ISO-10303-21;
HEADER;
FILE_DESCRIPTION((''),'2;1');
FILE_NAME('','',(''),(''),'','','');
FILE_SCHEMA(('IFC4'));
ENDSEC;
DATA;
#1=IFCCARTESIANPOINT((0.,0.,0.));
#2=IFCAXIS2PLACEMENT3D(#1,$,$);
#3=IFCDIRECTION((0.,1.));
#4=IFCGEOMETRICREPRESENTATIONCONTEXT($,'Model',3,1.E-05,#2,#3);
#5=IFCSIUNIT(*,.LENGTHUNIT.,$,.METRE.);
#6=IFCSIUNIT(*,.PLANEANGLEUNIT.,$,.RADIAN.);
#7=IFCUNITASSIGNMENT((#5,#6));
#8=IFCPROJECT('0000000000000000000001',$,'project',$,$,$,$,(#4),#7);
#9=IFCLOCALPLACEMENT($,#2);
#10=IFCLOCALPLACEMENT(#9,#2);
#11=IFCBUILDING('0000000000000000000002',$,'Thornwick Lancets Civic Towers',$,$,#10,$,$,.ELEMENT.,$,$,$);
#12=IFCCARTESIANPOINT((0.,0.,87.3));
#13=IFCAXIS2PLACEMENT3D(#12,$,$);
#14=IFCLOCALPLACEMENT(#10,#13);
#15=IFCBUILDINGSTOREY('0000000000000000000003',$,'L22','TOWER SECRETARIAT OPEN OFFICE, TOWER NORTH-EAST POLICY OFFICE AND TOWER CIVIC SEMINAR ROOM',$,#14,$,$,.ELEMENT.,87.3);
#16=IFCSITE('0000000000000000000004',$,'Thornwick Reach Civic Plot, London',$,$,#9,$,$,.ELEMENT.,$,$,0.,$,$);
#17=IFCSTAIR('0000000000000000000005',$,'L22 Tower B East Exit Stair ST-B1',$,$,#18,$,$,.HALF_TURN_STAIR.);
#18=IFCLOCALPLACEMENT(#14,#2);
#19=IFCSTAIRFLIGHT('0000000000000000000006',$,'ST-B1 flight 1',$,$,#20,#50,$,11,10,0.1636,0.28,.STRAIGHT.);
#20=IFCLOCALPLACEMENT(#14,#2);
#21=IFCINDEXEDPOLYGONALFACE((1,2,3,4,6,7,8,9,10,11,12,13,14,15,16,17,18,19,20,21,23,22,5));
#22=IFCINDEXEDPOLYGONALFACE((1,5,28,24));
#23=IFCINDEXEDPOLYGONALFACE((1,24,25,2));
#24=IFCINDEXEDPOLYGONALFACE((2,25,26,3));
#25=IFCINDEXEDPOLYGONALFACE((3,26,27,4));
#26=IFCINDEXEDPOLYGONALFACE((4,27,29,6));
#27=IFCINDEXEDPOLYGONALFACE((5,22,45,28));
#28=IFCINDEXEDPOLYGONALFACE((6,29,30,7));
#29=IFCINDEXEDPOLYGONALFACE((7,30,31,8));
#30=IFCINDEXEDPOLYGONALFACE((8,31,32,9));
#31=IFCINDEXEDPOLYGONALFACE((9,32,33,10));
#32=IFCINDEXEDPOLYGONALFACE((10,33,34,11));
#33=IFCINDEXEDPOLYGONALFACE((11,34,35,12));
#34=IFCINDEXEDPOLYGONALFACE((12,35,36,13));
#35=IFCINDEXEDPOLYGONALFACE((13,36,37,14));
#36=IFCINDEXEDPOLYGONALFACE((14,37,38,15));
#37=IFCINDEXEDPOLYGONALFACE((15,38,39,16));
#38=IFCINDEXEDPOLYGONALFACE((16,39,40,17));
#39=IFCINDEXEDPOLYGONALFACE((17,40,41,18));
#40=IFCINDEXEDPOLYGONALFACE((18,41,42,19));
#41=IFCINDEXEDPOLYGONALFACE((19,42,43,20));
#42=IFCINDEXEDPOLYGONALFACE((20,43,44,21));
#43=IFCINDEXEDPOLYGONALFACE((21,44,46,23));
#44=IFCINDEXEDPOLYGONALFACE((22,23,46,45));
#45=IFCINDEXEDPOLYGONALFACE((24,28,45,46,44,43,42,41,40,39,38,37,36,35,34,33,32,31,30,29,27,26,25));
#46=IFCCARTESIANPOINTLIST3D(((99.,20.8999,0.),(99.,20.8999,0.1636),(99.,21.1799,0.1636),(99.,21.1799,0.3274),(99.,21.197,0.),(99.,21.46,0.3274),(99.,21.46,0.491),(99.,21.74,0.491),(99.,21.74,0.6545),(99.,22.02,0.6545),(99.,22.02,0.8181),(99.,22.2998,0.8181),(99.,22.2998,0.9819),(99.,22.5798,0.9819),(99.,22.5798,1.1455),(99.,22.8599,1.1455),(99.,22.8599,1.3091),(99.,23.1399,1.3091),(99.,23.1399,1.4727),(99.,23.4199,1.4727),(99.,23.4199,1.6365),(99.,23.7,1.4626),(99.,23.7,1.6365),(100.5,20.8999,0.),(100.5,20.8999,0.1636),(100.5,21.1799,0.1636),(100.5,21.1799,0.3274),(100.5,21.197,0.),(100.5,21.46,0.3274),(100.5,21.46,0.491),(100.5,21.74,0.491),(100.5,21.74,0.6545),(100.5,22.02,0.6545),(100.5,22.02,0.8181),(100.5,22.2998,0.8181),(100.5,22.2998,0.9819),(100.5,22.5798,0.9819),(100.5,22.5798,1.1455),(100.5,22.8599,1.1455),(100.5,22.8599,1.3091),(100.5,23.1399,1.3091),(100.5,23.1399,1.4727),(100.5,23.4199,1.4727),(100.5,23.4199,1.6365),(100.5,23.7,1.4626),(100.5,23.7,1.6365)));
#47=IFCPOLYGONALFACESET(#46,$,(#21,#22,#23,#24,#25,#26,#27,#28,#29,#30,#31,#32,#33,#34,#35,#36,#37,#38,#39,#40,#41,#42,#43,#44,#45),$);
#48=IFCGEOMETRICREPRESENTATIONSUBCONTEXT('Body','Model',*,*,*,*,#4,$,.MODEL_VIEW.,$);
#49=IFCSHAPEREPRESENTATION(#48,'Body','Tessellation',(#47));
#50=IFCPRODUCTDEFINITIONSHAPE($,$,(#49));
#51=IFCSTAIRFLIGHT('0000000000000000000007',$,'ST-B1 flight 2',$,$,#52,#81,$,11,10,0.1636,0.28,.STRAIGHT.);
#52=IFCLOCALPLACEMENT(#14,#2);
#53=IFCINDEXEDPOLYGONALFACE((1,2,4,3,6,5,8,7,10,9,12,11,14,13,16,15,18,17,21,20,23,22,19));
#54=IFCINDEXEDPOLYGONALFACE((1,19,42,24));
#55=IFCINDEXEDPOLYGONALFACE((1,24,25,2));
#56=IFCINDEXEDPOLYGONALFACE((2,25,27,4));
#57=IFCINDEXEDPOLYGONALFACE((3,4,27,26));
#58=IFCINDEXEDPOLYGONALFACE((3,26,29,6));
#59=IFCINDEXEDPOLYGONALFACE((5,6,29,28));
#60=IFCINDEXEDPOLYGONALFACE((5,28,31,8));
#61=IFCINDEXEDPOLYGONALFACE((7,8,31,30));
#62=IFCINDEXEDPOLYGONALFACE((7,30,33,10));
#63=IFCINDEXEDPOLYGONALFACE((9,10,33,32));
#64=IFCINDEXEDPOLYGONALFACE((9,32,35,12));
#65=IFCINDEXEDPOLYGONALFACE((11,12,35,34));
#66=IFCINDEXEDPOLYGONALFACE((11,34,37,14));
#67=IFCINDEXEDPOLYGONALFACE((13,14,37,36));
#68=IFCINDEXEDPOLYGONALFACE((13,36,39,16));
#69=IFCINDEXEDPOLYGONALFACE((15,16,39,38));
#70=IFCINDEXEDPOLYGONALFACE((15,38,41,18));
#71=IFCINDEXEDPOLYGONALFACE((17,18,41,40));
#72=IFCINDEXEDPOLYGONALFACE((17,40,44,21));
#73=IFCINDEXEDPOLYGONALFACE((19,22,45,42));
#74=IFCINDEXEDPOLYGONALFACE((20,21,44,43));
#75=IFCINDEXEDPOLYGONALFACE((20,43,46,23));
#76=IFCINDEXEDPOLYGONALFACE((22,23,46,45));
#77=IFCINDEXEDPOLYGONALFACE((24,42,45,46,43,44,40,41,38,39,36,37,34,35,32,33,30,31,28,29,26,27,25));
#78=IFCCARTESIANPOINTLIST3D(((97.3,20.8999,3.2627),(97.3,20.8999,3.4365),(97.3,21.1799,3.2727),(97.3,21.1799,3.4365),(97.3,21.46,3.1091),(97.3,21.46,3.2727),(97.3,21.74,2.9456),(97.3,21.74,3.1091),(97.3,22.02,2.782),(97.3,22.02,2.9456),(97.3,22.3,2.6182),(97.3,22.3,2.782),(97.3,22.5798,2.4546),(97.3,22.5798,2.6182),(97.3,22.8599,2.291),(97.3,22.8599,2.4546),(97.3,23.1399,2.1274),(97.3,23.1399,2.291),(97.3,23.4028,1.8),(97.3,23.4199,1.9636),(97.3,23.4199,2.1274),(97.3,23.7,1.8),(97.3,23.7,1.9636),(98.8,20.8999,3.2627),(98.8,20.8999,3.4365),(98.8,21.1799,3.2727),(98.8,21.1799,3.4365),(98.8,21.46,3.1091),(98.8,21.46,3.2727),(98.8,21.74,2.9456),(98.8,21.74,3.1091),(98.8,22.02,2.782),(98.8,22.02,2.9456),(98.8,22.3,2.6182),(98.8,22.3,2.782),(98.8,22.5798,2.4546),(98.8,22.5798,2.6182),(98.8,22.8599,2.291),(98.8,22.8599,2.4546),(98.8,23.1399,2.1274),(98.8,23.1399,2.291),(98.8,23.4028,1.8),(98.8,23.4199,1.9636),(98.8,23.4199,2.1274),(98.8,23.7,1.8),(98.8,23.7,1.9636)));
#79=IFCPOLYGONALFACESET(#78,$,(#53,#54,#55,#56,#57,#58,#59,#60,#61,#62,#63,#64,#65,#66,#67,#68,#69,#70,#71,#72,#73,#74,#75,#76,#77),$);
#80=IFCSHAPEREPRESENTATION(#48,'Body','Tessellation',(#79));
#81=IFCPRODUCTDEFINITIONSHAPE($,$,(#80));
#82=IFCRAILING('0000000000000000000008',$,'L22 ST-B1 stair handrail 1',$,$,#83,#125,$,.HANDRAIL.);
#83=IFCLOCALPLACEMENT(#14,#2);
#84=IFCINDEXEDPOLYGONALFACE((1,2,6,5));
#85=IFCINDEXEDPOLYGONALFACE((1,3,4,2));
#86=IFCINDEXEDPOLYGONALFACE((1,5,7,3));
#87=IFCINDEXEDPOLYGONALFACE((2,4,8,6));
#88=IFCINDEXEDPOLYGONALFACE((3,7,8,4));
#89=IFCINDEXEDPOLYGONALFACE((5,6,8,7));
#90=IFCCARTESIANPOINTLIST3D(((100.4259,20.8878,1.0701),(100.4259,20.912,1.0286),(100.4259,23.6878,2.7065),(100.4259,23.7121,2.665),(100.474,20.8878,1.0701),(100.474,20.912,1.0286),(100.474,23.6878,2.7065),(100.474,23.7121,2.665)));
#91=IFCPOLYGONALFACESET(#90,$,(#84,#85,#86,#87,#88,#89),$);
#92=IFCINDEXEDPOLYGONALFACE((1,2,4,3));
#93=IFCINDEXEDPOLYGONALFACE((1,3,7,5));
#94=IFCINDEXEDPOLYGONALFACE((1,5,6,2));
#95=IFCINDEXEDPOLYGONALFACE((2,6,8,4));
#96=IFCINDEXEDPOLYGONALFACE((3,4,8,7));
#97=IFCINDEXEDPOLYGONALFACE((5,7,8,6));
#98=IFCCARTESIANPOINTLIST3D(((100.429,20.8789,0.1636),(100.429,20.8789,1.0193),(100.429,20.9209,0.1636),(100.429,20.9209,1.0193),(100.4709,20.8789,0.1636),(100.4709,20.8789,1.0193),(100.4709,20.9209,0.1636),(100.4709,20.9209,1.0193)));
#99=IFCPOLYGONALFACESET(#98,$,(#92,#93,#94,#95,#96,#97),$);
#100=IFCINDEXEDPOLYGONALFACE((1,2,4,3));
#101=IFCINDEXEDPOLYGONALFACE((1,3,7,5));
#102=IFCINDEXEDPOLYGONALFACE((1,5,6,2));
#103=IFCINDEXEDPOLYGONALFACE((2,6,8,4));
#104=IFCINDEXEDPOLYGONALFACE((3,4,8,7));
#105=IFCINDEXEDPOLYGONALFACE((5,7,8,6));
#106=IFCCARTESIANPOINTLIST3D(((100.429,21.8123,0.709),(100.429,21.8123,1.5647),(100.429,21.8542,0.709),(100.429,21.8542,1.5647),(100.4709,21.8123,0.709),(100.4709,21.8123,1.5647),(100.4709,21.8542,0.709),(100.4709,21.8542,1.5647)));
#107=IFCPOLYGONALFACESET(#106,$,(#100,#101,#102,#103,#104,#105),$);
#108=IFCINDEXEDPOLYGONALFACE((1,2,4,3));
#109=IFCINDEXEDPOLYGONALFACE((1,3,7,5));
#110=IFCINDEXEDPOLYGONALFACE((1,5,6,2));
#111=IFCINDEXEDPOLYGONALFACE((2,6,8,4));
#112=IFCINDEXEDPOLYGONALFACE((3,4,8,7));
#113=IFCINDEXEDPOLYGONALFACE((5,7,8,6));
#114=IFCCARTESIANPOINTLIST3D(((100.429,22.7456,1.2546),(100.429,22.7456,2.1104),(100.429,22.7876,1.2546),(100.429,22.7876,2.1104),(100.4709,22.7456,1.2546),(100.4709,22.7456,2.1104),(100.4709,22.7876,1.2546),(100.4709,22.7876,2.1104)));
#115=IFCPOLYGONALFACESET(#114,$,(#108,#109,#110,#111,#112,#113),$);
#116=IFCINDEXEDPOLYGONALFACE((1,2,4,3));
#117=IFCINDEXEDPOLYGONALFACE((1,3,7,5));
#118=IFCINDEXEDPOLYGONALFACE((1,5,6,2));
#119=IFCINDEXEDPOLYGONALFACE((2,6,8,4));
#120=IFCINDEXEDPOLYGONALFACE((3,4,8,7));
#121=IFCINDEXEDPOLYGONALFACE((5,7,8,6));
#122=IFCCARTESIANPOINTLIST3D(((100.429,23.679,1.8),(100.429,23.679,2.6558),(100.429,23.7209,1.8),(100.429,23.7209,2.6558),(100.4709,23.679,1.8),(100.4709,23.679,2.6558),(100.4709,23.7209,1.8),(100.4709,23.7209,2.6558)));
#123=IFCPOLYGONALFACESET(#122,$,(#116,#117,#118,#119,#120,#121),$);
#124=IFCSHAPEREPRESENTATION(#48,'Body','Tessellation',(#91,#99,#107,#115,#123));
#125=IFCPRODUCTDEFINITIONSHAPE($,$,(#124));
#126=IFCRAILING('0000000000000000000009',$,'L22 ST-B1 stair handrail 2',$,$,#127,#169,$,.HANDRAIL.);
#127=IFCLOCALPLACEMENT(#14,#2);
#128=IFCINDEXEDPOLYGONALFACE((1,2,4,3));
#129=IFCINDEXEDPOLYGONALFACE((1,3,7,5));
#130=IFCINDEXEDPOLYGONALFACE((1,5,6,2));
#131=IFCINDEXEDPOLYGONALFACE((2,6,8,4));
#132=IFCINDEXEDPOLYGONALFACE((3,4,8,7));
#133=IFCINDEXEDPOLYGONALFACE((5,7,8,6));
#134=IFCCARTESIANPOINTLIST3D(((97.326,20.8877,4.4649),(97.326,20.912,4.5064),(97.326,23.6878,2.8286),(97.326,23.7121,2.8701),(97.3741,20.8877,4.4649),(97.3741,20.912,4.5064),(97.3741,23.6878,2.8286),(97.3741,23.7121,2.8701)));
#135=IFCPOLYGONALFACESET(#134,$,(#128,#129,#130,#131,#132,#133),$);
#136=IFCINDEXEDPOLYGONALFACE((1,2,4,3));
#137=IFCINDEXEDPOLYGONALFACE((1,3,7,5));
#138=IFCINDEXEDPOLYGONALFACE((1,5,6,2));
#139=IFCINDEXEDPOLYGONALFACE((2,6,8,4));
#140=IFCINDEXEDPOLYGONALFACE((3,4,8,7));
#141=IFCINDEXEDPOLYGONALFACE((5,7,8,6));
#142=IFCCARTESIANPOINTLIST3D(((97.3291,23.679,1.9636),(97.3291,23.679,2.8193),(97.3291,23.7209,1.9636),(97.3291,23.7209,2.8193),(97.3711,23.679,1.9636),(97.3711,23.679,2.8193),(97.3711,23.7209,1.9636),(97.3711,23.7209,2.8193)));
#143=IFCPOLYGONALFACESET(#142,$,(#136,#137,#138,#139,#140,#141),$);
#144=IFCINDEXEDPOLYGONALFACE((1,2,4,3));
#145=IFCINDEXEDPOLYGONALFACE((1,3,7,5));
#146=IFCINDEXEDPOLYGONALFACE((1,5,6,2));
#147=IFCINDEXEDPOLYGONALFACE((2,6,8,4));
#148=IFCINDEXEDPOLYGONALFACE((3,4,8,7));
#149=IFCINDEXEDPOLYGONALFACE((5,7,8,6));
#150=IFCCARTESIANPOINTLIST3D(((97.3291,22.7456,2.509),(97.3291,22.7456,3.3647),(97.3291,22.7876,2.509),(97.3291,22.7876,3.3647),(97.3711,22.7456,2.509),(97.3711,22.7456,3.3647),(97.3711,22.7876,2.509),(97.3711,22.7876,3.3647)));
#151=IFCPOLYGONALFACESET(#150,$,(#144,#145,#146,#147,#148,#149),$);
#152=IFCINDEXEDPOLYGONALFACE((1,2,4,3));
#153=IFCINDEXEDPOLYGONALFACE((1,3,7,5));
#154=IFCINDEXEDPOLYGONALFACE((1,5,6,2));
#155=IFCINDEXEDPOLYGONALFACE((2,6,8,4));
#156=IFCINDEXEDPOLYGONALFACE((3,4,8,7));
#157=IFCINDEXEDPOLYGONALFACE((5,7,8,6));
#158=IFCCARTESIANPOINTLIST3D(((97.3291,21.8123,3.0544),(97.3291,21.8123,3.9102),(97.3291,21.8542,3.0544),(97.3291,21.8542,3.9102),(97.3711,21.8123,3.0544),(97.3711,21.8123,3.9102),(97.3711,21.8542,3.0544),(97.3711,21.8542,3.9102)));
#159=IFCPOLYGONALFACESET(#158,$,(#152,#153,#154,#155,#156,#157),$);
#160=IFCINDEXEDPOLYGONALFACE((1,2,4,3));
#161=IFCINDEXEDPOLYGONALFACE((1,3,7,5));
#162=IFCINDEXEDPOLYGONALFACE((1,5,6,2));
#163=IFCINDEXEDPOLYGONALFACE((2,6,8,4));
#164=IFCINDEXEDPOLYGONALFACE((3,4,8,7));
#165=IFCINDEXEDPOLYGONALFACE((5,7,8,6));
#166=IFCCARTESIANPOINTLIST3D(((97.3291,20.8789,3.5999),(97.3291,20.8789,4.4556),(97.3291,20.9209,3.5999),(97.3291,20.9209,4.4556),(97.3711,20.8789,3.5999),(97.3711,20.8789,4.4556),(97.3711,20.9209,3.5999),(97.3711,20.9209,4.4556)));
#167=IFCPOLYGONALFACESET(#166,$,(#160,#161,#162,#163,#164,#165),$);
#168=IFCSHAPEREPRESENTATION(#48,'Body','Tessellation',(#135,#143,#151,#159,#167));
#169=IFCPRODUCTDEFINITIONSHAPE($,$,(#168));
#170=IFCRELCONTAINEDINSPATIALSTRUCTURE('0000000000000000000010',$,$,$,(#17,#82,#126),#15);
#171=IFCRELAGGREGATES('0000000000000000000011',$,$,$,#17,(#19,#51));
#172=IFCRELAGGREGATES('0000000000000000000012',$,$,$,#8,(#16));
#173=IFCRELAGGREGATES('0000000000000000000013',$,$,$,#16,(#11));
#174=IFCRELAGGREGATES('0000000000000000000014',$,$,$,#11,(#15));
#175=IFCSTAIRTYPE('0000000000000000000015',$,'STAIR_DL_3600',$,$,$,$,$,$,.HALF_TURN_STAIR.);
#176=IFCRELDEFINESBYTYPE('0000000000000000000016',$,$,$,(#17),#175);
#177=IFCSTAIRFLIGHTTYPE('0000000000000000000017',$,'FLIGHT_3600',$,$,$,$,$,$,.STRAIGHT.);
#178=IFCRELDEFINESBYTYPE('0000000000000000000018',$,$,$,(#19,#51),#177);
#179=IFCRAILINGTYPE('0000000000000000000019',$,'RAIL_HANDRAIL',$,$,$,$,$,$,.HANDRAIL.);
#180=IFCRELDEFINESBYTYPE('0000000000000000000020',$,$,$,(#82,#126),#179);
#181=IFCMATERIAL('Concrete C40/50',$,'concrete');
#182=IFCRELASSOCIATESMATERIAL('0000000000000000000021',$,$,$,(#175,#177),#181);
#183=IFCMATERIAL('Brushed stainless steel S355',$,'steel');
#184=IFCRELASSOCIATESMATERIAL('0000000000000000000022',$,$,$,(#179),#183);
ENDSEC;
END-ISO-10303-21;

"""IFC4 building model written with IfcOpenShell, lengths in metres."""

from ifc_helpers import new_model, si_unit, direction, frame, origin, origin_2d, place, context, subcontext, project, spatial, polyline, rectangle, outline, extrude, material, type_object, element, aggregate, save


model = new_model("IFC4")

# Units and contexts
model_context = context("Model", 3, precision=1e-05, world=origin(), true_north=direction((0.0, 1.0)))
body_context = subcontext(model_context, "Body", "Model", "MODEL_VIEW")
ifc_project = project(units=[si_unit("LENGTHUNIT", "METRE"), si_unit("PLANEANGLEUNIT", "RADIAN")], contexts=[model_context])

# Site, building, storey
site_placement = place(None, origin())
site = spatial("IfcSite", under=ifc_project, at=site_placement, Name="Thornwick Reach Civic Plot, London", CompositionType="ELEMENT", RefElevation=0.0)
building_placement = place(site_placement, origin())
building = spatial("IfcBuilding", under=site, at=building_placement, Name="Thornwick Lancets Civic Towers", CompositionType="ELEMENT")
storey_placement = place(building_placement, frame((0.0, 0.0, 87.3)))
storey = spatial("IfcBuildingStorey", under=building, at=storey_placement, Name="L22", Description="TOWER SECRETARIAT OPEN OFFICE, TOWER NORTH-EAST POLICY OFFICE AND TOWER CIVIC SEMINAR ROOM", CompositionType="ELEMENT", Elevation=87.3)

# Shared definitions
ifc_material_1 = material(Name="Concrete C40/50", Category="concrete")

# Stair, stair flights
stair_type = type_object("IfcStairType", Name="STAIR_DL_3600", PredefinedType="HALF_TURN_STAIR", material=ifc_material_1)
stair_placement = place(storey_placement, origin())
stair = element("IfcStair", 1, at=stair_placement, inside=storey, type_object=stair_type, Name="L22 Tower B East Exit Stair ST-B1", PredefinedType="HALF_TURN_STAIR")
stair_flight_type = type_object("IfcStairFlightType", Name="FLIGHT_3600", PredefinedType="STRAIGHT", material=ifc_material_1)
stair_flight_1_placement = place(storey_placement, frame((99.75, 20.8999, 0.0), z_axis=(0.0, 0.0, 1.0), x_axis=(0.0, 1.0, 0.0)))
stair_flight_1 = element("IfcStairFlight", 2, at=stair_flight_1_placement, type_object=stair_flight_type, Name="ST-B1 flight 1", NumberOfRisers=11, NumberOfTreads=10, PredefinedType="STRAIGHT", RiserHeight=0.1636, TreadLength=0.28, context=body_context, shape_type="SweptSolid", body=[
    extrude(outline(polyline([(0.0, 0.0), (0.0, 0.1636), (0.28, 0.1636), (0.28, 0.3274), (0.5601, 0.3274), (0.5601, 0.491), (0.8401, 0.491), (0.8401, 0.6545), (1.1201, 0.6545), (1.1201, 0.8181), (1.3999, 0.8181), (1.3999, 0.9819), (1.6799, 0.9819), (1.6799, 1.1455), (1.96, 1.1455), (1.96, 1.3091), (2.24, 1.3091), (2.24, 1.4727), (2.52, 1.4727), (2.52, 1.6365), (2.8, 1.6365), (2.8, 1.8), (2.8, 1.4626), (0.2971, 0.0), (0.0, 0.0)])), frame((0.0, 0.75, 0.0), z_axis=(0.0, -1.0, 0.0), x_axis=(1.0, 0.0, 0.0)), (0.0, 0.0, 1.0), 1.5),
])
stair_flight_2_placement = place(storey_placement, frame((98.05, 23.7, 1.8), z_axis=(0.0, 0.0, 1.0), x_axis=(0.0, -1.0, 0.0)))
stair_flight_2 = element("IfcStairFlight", 3, at=stair_flight_2_placement, type_object=stair_flight_type, Name="ST-B1 flight 2", NumberOfRisers=11, NumberOfTreads=10, PredefinedType="STRAIGHT", RiserHeight=0.1636, TreadLength=0.28, context=body_context, shape_type="SweptSolid", body=[
    extrude(outline(polyline([(0.0, 0.0), (0.0, 0.1636), (0.28, 0.1636), (0.28, 0.3274), (0.5601, 0.3274), (0.5601, 0.491), (0.8401, 0.491), (0.8401, 0.6545), (1.1201, 0.6545), (1.1201, 0.8181), (1.3999, 0.8181), (1.3999, 0.9819), (1.6799, 0.9819), (1.6799, 1.1455), (1.96, 1.1455), (1.96, 1.3091), (2.24, 1.3091), (2.24, 1.4727), (2.52, 1.4727), (2.52, 1.6365), (2.8, 1.6365), (2.8, 1.8), (2.8, 1.4626), (0.2971, 0.0), (0.0, 0.0)])), frame((0.0, 0.75, 0.0), z_axis=(0.0, -1.0, 0.0), x_axis=(1.0, 0.0, 0.0)), (0.0, 0.0, 1.0), 1.5),
])
aggregate(stair, [stair_flight_1, stair_flight_2])

# Railings
ifc_material_2 = material(Name="Brushed stainless steel S355", Category="steel")
railing_type_1 = type_object("IfcRailingType", Name="RAIL_HANDRAIL", PredefinedType="HANDRAIL", material=ifc_material_2)
railing_1_placement = place(storey_placement, frame((100.45, 20.8999, 0.1636)))
element("IfcRailing", 4, at=railing_1_placement, inside=storey, type_object=railing_type_1, Name="L22 ST-B1 stair handrail 1", PredefinedType="HANDRAIL", context=body_context, shape_type="SweptSolid", body=[
    extrude(rectangle(XDim=0.0481, YDim=0.0481, at=origin_2d()), frame((0.0, 0.0, 0.8857), z_axis=(0.0, 0.863361, 0.504587), x_axis=(-1.0, 0.0, 0.0)), (0.0, 0.0, 1.0), 3.2432),
    extrude(rectangle(XDim=0.042, YDim=0.042, at=origin_2d()), origin(), (0.0, 0.0, 1.0), 0.8557),
    extrude(rectangle(XDim=0.042, YDim=0.042, at=origin_2d()), frame((0.0, 0.9333, 0.5454)), (0.0, 0.0, 1.0), 0.8557),
    extrude(rectangle(XDim=0.042, YDim=0.042, at=origin_2d()), frame((0.0, 1.8667, 1.0911)), (0.0, 0.0, 1.0), 0.8557),
    extrude(rectangle(XDim=0.042, YDim=0.042, at=origin_2d()), frame((0.0, 2.8, 1.6365)), (0.0, 0.0, 1.0), 0.8557),
])
railing_2_placement = place(storey_placement, frame((97.3501, 23.7, 1.9636)))
element("IfcRailing", 5, at=railing_2_placement, inside=storey, type_object=railing_type_1, Name="L22 ST-B1 stair handrail 2", PredefinedType="HANDRAIL", context=body_context, shape_type="SweptSolid", body=[
    extrude(rectangle(XDim=0.0481, YDim=0.0481, at=origin_2d()), frame((0.0, 0.0, 0.8857), z_axis=(0.0, -0.863394, 0.504531), x_axis=(1.0, 0.0, 0.0)), (0.0, 0.0, 1.0), 3.2432),
    extrude(rectangle(XDim=0.042, YDim=0.042, at=origin_2d()), origin(), (0.0, 0.0, 1.0), 0.8557),
    extrude(rectangle(XDim=0.042, YDim=0.042, at=origin_2d()), frame((0.0, -0.9333, 0.5454)), (0.0, 0.0, 1.0), 0.8557),
    extrude(rectangle(XDim=0.042, YDim=0.042, at=origin_2d()), frame((0.0, -1.8667, 1.0908)), (0.0, 0.0, 1.0), 0.8557),
    extrude(rectangle(XDim=0.042, YDim=0.042, at=origin_2d()), frame((0.0, -2.8, 1.6362)), (0.0, 0.0, 1.0), 0.8557),
])

save(model, "model.ifc")
